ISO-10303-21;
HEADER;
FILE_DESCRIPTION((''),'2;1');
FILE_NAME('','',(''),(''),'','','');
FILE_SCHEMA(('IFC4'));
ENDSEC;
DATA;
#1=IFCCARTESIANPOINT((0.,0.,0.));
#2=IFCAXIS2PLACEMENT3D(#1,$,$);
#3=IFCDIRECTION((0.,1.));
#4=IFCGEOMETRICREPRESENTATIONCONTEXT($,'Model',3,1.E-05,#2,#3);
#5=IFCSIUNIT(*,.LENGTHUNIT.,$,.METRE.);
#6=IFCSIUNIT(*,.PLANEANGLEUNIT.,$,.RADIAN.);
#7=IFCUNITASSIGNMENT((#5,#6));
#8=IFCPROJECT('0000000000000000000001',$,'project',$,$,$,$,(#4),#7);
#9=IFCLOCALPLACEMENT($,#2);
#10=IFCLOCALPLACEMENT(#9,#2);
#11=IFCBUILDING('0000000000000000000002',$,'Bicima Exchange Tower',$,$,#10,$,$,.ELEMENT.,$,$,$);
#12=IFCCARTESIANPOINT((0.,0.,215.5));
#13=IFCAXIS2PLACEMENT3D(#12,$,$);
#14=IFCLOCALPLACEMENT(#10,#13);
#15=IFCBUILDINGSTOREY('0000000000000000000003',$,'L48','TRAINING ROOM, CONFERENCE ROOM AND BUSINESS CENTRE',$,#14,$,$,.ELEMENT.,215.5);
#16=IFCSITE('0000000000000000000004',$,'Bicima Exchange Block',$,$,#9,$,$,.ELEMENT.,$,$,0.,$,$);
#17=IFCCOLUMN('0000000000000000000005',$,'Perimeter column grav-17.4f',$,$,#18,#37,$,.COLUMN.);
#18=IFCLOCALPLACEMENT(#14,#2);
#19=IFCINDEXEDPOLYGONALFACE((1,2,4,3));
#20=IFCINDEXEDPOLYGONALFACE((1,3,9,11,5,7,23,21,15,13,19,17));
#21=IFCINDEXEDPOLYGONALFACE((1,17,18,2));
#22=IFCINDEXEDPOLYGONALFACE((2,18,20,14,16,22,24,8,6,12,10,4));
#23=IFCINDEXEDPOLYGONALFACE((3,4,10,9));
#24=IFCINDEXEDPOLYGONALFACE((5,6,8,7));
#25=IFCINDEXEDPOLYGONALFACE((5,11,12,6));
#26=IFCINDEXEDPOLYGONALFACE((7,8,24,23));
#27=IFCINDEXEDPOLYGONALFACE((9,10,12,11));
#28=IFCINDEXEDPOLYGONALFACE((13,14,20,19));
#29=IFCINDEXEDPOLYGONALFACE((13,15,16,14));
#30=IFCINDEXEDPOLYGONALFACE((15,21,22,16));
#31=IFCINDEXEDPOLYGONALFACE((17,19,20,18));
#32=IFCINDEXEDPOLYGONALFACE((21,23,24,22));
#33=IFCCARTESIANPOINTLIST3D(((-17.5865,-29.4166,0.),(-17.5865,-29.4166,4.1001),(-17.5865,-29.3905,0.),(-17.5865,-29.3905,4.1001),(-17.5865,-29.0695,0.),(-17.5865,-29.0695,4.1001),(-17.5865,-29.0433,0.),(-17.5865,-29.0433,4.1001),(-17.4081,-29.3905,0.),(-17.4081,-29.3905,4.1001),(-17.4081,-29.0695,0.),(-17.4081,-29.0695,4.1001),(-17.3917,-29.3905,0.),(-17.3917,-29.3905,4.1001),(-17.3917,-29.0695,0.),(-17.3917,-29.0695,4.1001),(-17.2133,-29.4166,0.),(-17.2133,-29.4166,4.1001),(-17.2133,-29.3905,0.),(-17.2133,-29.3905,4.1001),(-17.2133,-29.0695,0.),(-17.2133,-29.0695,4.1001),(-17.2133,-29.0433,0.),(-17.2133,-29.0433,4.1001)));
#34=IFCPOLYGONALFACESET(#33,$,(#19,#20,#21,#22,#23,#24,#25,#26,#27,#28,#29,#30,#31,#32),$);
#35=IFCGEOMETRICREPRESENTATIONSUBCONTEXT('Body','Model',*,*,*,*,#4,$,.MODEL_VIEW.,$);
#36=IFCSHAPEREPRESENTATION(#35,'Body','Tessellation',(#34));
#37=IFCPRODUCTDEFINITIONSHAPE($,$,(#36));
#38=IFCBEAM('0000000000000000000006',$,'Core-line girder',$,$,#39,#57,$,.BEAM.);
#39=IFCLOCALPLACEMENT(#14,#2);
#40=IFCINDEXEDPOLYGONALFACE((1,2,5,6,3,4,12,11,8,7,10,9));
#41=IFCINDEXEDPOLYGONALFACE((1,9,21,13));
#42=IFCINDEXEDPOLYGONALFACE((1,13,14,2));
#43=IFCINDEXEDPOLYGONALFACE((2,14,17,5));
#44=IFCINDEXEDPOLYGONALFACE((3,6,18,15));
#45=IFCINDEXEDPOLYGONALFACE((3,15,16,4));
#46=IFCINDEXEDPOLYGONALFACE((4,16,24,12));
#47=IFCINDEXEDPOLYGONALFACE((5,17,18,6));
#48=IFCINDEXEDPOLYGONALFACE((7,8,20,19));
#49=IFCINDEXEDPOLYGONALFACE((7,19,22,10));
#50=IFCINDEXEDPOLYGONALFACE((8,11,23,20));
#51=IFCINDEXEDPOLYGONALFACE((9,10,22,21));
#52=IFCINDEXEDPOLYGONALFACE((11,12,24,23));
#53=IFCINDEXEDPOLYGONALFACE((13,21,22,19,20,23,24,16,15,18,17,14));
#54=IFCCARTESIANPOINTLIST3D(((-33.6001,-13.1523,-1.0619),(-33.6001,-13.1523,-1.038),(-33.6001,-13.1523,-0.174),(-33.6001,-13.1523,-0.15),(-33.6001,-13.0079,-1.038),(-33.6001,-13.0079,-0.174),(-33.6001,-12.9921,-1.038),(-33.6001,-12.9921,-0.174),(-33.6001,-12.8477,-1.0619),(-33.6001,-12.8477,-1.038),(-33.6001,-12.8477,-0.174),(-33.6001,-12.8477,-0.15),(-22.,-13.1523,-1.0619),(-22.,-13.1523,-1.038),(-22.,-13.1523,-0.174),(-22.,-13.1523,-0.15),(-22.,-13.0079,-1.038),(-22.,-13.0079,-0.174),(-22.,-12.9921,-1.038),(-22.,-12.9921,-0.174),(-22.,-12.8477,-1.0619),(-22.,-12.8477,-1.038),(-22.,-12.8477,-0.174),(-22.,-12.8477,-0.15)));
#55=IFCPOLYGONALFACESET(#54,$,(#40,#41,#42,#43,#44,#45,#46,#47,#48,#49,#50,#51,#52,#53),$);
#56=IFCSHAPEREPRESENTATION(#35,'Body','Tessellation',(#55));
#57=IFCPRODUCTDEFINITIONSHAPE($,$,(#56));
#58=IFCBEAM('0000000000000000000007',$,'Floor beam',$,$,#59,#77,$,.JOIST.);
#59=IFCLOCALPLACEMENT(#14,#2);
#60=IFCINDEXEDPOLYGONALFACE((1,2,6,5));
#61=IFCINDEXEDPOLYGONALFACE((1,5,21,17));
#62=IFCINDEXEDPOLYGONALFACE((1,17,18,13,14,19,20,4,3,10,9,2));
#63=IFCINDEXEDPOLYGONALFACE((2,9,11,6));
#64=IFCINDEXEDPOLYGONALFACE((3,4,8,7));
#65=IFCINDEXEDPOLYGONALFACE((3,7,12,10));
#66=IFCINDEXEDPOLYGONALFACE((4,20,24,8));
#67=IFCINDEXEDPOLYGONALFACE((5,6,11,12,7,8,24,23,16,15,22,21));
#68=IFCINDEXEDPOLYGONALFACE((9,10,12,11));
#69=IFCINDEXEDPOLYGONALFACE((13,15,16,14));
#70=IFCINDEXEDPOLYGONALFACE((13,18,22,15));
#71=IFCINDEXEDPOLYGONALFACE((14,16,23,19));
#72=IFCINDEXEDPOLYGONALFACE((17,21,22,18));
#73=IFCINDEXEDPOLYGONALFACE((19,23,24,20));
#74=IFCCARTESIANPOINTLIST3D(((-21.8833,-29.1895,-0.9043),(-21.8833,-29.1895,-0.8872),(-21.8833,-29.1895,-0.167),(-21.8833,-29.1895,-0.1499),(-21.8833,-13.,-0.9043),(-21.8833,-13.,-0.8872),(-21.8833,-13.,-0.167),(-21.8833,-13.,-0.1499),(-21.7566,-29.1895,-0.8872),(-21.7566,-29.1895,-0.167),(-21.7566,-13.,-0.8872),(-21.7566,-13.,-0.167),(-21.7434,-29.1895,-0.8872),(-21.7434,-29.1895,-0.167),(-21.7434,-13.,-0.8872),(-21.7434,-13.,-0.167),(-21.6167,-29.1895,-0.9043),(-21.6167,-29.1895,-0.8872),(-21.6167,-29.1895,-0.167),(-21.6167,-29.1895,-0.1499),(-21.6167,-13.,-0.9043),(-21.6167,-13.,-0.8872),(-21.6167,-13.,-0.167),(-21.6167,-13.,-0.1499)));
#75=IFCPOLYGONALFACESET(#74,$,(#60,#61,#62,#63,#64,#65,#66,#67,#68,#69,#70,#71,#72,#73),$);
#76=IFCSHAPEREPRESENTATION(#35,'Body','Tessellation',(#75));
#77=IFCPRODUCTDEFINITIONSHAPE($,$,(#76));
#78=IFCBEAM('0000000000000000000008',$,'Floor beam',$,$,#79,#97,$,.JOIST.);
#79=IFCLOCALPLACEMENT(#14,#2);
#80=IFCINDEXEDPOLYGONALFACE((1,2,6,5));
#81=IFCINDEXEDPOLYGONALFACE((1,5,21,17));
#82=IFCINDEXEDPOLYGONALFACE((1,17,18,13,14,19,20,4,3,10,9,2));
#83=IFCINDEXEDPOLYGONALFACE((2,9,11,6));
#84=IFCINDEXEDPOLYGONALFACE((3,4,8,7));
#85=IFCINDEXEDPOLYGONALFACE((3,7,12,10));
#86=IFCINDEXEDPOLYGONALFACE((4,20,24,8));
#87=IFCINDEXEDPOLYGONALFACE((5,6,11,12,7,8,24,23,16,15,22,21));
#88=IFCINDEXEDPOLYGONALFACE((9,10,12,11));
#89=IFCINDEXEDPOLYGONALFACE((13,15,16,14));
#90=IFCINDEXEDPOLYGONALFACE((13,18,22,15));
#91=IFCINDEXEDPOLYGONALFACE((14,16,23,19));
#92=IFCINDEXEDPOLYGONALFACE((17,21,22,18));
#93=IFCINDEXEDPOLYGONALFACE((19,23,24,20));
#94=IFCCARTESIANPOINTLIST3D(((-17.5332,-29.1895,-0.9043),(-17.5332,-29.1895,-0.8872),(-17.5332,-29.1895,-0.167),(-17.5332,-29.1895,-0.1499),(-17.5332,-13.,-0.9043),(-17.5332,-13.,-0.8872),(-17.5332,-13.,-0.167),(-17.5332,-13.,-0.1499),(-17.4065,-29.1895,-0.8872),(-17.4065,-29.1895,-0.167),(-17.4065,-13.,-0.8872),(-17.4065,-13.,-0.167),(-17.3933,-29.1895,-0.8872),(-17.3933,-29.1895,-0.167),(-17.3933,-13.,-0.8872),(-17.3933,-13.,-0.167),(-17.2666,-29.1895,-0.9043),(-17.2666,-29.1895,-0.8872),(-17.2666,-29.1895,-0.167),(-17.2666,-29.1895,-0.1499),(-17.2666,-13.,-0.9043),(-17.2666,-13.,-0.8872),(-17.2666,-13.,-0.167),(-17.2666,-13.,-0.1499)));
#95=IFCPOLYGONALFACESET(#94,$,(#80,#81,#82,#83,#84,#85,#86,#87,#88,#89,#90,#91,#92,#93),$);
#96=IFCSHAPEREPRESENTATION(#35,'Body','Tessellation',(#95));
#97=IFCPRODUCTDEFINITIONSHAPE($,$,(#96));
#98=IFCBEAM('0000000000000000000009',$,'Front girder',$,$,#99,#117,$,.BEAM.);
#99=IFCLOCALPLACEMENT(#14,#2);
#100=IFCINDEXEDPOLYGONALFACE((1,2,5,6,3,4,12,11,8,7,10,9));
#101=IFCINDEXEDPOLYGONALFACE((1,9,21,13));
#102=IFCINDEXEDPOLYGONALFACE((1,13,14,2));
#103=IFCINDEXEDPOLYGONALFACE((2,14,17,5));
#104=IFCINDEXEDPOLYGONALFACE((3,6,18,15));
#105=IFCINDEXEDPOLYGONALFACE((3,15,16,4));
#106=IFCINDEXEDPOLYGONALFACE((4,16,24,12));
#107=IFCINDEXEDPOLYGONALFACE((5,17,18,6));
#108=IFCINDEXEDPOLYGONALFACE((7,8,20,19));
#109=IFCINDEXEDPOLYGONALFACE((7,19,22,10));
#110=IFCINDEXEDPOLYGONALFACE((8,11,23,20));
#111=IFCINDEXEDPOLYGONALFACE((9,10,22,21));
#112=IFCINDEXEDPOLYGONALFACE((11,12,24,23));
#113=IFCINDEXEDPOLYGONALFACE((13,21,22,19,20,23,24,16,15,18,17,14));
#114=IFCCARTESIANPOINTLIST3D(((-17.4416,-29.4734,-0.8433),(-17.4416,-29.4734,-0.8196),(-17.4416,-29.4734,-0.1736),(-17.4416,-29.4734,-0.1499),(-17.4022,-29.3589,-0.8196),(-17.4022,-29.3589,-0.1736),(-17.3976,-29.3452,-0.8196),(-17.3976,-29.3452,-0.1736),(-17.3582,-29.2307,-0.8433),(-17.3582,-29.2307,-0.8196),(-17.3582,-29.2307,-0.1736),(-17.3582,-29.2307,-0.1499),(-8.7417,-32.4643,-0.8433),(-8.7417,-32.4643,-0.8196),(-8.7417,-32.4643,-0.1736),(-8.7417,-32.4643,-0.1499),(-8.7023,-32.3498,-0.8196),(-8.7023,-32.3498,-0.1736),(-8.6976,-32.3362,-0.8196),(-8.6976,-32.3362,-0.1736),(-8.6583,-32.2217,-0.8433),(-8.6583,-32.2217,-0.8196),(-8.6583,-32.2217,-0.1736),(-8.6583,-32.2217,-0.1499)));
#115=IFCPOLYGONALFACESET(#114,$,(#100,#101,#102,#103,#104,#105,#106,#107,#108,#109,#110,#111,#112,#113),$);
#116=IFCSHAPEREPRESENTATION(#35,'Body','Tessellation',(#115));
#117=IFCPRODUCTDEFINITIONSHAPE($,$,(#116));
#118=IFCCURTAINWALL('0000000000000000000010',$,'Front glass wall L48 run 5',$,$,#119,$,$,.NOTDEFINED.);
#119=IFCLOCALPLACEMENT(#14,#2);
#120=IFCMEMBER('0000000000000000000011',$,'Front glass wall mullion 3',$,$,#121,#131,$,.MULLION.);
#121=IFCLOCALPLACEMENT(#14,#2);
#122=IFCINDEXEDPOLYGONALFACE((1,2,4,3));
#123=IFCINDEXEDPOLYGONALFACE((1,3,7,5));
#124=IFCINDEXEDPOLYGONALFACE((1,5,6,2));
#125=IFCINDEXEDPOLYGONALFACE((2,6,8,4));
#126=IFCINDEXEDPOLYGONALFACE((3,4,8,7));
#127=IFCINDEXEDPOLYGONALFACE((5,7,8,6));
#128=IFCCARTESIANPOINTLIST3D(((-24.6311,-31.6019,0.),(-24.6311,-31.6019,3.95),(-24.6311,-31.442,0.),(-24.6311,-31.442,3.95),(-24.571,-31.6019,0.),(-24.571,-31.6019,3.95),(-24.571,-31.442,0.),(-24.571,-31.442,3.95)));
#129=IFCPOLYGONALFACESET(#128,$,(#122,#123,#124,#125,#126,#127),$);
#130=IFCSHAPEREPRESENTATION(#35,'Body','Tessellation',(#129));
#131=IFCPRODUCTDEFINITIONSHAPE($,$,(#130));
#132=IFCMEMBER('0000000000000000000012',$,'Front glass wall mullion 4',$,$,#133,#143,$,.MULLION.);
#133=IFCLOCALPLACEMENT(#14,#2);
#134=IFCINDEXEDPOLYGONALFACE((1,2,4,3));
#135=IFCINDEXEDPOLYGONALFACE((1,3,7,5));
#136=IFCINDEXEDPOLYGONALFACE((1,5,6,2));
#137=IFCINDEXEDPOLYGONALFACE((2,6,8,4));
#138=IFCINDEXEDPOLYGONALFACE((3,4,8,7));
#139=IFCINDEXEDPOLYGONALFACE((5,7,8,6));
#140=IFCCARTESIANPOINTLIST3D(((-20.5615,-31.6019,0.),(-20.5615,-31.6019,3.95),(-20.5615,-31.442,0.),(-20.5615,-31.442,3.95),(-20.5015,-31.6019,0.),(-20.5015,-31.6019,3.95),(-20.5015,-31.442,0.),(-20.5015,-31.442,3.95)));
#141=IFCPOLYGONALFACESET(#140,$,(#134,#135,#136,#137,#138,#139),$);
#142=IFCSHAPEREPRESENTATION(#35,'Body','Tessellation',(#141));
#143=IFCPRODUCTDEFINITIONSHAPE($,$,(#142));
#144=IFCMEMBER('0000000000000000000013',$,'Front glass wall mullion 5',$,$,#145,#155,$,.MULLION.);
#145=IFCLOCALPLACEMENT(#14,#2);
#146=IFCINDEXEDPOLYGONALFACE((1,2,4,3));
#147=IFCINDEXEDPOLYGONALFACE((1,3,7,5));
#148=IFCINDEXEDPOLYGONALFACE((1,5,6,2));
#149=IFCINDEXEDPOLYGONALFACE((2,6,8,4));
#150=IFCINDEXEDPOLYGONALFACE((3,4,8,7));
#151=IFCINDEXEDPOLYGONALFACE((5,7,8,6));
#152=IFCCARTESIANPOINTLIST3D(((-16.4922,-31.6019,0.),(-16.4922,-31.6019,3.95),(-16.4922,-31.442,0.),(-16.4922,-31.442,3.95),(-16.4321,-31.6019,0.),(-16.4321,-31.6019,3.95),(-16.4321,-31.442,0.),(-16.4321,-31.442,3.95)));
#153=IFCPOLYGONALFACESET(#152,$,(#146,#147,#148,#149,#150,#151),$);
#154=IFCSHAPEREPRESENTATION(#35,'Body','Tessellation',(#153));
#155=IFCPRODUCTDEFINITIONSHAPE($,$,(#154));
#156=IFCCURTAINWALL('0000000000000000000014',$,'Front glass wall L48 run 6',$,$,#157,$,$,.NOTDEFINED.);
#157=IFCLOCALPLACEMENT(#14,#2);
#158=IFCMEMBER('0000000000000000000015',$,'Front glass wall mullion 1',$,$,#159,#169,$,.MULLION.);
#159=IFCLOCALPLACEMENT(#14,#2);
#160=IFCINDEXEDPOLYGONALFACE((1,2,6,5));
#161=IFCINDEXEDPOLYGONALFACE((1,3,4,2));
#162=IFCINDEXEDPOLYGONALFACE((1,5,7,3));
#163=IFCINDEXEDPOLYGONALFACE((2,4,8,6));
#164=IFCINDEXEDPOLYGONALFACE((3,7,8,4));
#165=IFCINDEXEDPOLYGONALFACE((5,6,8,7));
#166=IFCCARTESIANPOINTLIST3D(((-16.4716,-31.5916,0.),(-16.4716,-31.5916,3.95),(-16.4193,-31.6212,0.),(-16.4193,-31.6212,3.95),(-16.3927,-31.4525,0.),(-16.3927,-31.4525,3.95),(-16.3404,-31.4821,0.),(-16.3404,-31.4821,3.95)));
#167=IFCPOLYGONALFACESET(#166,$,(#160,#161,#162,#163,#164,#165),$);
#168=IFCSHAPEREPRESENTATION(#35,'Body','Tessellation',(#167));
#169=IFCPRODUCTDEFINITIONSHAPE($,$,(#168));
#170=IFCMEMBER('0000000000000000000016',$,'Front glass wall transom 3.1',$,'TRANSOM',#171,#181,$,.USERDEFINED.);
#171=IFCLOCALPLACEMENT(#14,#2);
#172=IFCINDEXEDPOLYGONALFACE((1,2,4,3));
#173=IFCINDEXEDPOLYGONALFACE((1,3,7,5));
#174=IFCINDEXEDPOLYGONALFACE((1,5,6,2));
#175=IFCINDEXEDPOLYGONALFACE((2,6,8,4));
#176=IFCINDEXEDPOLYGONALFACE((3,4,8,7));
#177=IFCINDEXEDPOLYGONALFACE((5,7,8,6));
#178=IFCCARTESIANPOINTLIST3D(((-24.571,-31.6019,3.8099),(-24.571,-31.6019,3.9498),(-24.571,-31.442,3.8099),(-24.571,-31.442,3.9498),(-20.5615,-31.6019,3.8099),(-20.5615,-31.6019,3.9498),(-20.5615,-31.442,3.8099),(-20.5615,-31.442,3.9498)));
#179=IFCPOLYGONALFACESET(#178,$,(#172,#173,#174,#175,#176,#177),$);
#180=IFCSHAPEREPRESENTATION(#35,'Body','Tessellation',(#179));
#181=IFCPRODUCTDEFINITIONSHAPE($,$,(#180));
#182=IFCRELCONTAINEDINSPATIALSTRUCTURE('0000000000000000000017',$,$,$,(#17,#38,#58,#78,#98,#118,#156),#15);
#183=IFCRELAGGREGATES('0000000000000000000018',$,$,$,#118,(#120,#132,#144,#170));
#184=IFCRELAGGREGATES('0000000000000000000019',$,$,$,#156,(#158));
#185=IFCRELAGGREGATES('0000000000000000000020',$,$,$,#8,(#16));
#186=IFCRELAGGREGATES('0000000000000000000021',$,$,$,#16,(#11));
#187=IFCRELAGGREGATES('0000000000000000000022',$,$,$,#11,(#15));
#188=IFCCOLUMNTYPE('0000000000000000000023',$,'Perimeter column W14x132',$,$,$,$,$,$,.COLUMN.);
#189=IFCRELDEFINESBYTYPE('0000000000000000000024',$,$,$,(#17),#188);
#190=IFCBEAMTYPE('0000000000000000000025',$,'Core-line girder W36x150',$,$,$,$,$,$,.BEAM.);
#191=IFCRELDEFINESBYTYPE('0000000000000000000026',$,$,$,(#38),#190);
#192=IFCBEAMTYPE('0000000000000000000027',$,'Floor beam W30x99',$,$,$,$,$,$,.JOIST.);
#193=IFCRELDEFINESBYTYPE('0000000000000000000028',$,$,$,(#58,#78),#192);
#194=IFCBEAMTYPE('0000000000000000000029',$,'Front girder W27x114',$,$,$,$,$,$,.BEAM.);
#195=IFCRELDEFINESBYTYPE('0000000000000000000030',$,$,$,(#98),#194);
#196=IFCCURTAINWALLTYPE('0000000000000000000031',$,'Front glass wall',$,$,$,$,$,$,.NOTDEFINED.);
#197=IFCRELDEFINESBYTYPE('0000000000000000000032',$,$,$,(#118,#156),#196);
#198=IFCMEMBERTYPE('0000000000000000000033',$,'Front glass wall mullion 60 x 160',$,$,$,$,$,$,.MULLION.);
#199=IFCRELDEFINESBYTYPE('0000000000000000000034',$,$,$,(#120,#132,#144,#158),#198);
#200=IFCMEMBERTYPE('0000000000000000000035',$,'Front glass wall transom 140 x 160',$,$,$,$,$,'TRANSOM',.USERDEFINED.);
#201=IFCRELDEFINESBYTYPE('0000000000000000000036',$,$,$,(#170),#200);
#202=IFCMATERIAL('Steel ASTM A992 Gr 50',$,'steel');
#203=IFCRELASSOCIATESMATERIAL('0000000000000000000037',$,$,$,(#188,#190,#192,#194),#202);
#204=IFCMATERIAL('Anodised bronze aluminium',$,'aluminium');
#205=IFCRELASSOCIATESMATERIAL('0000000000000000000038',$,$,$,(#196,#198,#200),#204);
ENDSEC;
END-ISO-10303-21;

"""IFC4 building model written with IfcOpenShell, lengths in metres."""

from ifc_helpers import new_model, si_unit, direction, frame, origin, origin_2d, place, context, subcontext, project, spatial, rectangle, i_section, extrude, material, material_profile, profile_set, type_object, element, aggregate, save


model = new_model("IFC4")

# Units and contexts
model_context = context("Model", 3, precision=1e-05, world=origin(), true_north=direction((0.0, 1.0)))
body_context = subcontext(model_context, "Body", "Model", "MODEL_VIEW")
ifc_project = project(units=[si_unit("LENGTHUNIT", "METRE"), si_unit("PLANEANGLEUNIT", "RADIAN")], contexts=[model_context])

# Site, building, storey
site_placement = place(None, origin())
site = spatial("IfcSite", under=ifc_project, at=site_placement, Name="Bicima Exchange Block", CompositionType="ELEMENT", RefElevation=0.0)
building_placement = place(site_placement, origin())
building = spatial("IfcBuilding", under=site, at=building_placement, Name="Bicima Exchange Tower", CompositionType="ELEMENT")
storey_placement = place(building_placement, frame((0.0, 0.0, 215.5)))
storey = spatial("IfcBuildingStorey", under=building, at=storey_placement, Name="L48", Description="TRAINING ROOM, CONFERENCE ROOM AND BUSINESS CENTRE", CompositionType="ELEMENT", Elevation=215.5)

# Column
ifc_material_1 = material(Name="Steel ASTM A992 Gr 50", Category="steel")
ifc_material_profile_1 = material_profile(ifc_material_1, i_section(OverallWidth=0.3733, OverallDepth=0.3733, WebThickness=0.0164, FlangeThickness=0.0261, at=origin_2d()))
ifc_profile_set_1 = profile_set([ifc_material_profile_1], Name="Steel ASTM A992 Gr 50")
column_type = type_object("IfcColumnType", Name="Perimeter column W14x132", PredefinedType="COLUMN", material=ifc_profile_set_1)
column_placement = place(storey_placement, frame((-17.3999, -29.23, 0.0), z_axis=(0.0, 0.0, 1.0), x_axis=(1.0, 0.0, 0.0)))
element("IfcColumn", 1, at=column_placement, inside=storey, type_object=column_type, Name="Perimeter column grav-17.4f", PredefinedType="COLUMN", context=body_context, shape_type="SweptSolid", body=[
    extrude(i_section(OverallWidth=0.3733, OverallDepth=0.3733, WebThickness=0.0164, FlangeThickness=0.0261, at=origin_2d()), origin(), (0.0, 0.0, 1.0), 4.1001),
])

# Beams
ifc_material_profile_2 = material_profile(ifc_material_1, i_section(OverallWidth=0.3047, OverallDepth=0.9119, WebThickness=0.0159, FlangeThickness=0.0239, at=origin_2d()))
ifc_profile_set_2 = profile_set([ifc_material_profile_2], Name="Steel ASTM A992 Gr 50")
beam_type_1 = type_object("IfcBeamType", Name="Core-line girder W36x150", PredefinedType="BEAM", material=ifc_profile_set_2)
beam_1_placement = place(storey_placement, frame((-22.0, -13.0, -0.606), z_axis=(-1.0, 0.0, 0.0), x_axis=(0.0, -1.0, 0.0)))
element("IfcBeam", 2, at=beam_1_placement, inside=storey, type_object=beam_type_1, Name="Core-line girder", PredefinedType="BEAM", context=body_context, shape_type="SweptSolid", body=[
    extrude(i_section(OverallWidth=0.3047, OverallDepth=0.9119, WebThickness=0.0159, FlangeThickness=0.0239, at=origin_2d()), origin(), (0.0, 0.0, 1.0), 11.6001),
])
ifc_material_profile_3 = material_profile(ifc_material_1, i_section(OverallWidth=0.2666, OverallDepth=0.7544, WebThickness=0.0132, FlangeThickness=0.0171, at=origin_2d()))
ifc_profile_set_3 = profile_set([ifc_material_profile_3], Name="Steel ASTM A992 Gr 50")
beam_type_2 = type_object("IfcBeamType", Name="Floor beam W30x99", PredefinedType="JOIST", material=ifc_profile_set_3)
for number, where, z_axis, x_axis, name in (
    (3, (-21.75, -13.0, -0.5271), (0.0, -1.0, 0.0), (1.0, 0.0, 0.0), "Floor beam"),
    (4, (-17.3999, -13.0, -0.5271), (0.0, -1.0, 0.0), (1.0, 0.0, 0.0), "Floor beam"),
):
    element("IfcBeam", number, at=place(storey_placement, frame(where, z_axis=z_axis, x_axis=x_axis)), inside=storey, type_object=beam_type_2, Name=name, PredefinedType="JOIST", context=body_context, shape_type="SweptSolid", body=[
        extrude(i_section(OverallWidth=0.2666, OverallDepth=0.7544, WebThickness=0.0132, FlangeThickness=0.0171, at=origin_2d()), origin(), (0.0, 0.0, 1.0), 16.1895),
    ])
ifc_material_profile_4 = material_profile(ifc_material_1, i_section(OverallWidth=0.2566, OverallDepth=0.6934, WebThickness=0.0144, FlangeThickness=0.0237, at=origin_2d()))
ifc_profile_set_4 = profile_set([ifc_material_profile_4], Name="Steel ASTM A992 Gr 50")
beam_type_3 = type_object("IfcBeamType", Name="Front girder W27x114", PredefinedType="BEAM", material=ifc_profile_set_4)
beam_2_placement = place(storey_placement, frame((-17.3999, -29.3521, -0.4966), z_axis=(0.945675, -0.325115, 0.0), x_axis=(0.325115, 0.945675, 0.0)))
element("IfcBeam", 5, at=beam_2_placement, inside=storey, type_object=beam_type_3, Name="Front girder", PredefinedType="BEAM", context=body_context, shape_type="SweptSolid", body=[
    extrude(i_section(OverallWidth=0.2566, OverallDepth=0.6934, WebThickness=0.0144, FlangeThickness=0.0237, at=origin_2d()), origin(), (0.0, 0.0, 1.0), 9.1997),
])

# Curtain wall, members
ifc_material_2 = material(Name="Anodised bronze aluminium", Category="aluminium")
curtain_wall_type = type_object("IfcCurtainWallType", Name="Front glass wall", PredefinedType="NOTDEFINED", material=ifc_material_2)
curtain_wall_1_placement = place(storey_placement, origin())
curtain_wall_1 = element("IfcCurtainWall", 6, at=curtain_wall_1_placement, inside=storey, type_object=curtain_wall_type, Name="Front glass wall L48 run 5", PredefinedType="NOTDEFINED")
ifc_material_profile_5 = material_profile(ifc_material_2, rectangle(XDim=0.1599, YDim=0.0601, at=origin_2d()))
ifc_profile_set_5 = profile_set([ifc_material_profile_5], Name="Anodised bronze aluminium")
member_type_1 = type_object("IfcMemberType", Name="Front glass wall mullion 60 x 160", PredefinedType="MULLION", material=ifc_profile_set_5)
member_1_placement = place(storey_placement, frame((-24.6011, -31.522, 0.0), z_axis=(0.0, 0.0, 1.0), x_axis=(0.0, 1.0, 0.0)))
member_1 = element("IfcMember", 7, at=member_1_placement, type_object=member_type_1, Name="Front glass wall mullion 3", PredefinedType="MULLION", context=body_context, shape_type="SweptSolid", body=[
    extrude(rectangle(XDim=0.1599, YDim=0.0601, at=origin_2d()), origin(), (0.0, 0.0, 1.0), 3.95),
])
member_2_placement = place(storey_placement, frame((-20.5315, -31.522, 0.0), z_axis=(0.0, 0.0, 1.0), x_axis=(0.0, 1.0, 0.0)))
member_2 = element("IfcMember", 8, at=member_2_placement, type_object=member_type_1, Name="Front glass wall mullion 4", PredefinedType="MULLION", context=body_context, shape_type="SweptSolid", body=[
    extrude(rectangle(XDim=0.1599, YDim=0.0601, at=origin_2d()), origin(), (0.0, 0.0, 1.0), 3.95),
])
member_3_placement = place(storey_placement, frame((-16.4622, -31.522, 0.0), z_axis=(0.0, 0.0, 1.0), x_axis=(0.0, 1.0, 0.0)))
member_3 = element("IfcMember", 9, at=member_3_placement, type_object=member_type_1, Name="Front glass wall mullion 5", PredefinedType="MULLION", context=body_context, shape_type="SweptSolid", body=[
    extrude(rectangle(XDim=0.1599, YDim=0.0601, at=origin_2d()), origin(), (0.0, 0.0, 1.0), 3.95),
])

# Curtain wall, member
curtain_wall_2_placement = place(storey_placement, origin())
curtain_wall_2 = element("IfcCurtainWall", 10, at=curtain_wall_2_placement, inside=storey, type_object=curtain_wall_type, Name="Front glass wall L48 run 6", PredefinedType="NOTDEFINED")
member_4_placement = place(storey_placement, frame((-16.406, -31.5369, 0.0), z_axis=(0.0, 0.0, 1.0), x_axis=(0.493395, 0.869805, 0.0)))
member_4 = element("IfcMember", 11, at=member_4_placement, type_object=member_type_1, Name="Front glass wall mullion 1", PredefinedType="MULLION", context=body_context, shape_type="SweptSolid", body=[
    extrude(rectangle(XDim=0.1599, YDim=0.0601, at=origin_2d()), origin(), (0.0, 0.0, 1.0), 3.95),
])

# Member
ifc_material_profile_6 = material_profile(ifc_material_2, rectangle(XDim=0.1599, YDim=0.1399, at=origin_2d()))
ifc_profile_set_6 = profile_set([ifc_material_profile_6], Name="Anodised bronze aluminium")
member_type_2 = type_object("IfcMemberType", Name="Front glass wall transom 140 x 160", ElementType="TRANSOM", PredefinedType="USERDEFINED", material=ifc_profile_set_6)
member_5_placement = place(storey_placement, frame((-24.571, -31.522, 3.8799), z_axis=(1.0, 0.0, 0.0), x_axis=(0.0, 1.0, 0.0)))
member_5 = element("IfcMember", 12, at=member_5_placement, type_object=member_type_2, Name="Front glass wall transom 3.1", ObjectType="TRANSOM", PredefinedType="USERDEFINED", context=body_context, shape_type="SweptSolid", body=[
    extrude(rectangle(XDim=0.1599, YDim=0.1399, at=origin_2d()), origin(), (0.0, 0.0, 1.0), 4.0095),
])

aggregate(curtain_wall_1, [member_1, member_2, member_3, member_5])
aggregate(curtain_wall_2, [member_4])

save(model, "model.ifc")
